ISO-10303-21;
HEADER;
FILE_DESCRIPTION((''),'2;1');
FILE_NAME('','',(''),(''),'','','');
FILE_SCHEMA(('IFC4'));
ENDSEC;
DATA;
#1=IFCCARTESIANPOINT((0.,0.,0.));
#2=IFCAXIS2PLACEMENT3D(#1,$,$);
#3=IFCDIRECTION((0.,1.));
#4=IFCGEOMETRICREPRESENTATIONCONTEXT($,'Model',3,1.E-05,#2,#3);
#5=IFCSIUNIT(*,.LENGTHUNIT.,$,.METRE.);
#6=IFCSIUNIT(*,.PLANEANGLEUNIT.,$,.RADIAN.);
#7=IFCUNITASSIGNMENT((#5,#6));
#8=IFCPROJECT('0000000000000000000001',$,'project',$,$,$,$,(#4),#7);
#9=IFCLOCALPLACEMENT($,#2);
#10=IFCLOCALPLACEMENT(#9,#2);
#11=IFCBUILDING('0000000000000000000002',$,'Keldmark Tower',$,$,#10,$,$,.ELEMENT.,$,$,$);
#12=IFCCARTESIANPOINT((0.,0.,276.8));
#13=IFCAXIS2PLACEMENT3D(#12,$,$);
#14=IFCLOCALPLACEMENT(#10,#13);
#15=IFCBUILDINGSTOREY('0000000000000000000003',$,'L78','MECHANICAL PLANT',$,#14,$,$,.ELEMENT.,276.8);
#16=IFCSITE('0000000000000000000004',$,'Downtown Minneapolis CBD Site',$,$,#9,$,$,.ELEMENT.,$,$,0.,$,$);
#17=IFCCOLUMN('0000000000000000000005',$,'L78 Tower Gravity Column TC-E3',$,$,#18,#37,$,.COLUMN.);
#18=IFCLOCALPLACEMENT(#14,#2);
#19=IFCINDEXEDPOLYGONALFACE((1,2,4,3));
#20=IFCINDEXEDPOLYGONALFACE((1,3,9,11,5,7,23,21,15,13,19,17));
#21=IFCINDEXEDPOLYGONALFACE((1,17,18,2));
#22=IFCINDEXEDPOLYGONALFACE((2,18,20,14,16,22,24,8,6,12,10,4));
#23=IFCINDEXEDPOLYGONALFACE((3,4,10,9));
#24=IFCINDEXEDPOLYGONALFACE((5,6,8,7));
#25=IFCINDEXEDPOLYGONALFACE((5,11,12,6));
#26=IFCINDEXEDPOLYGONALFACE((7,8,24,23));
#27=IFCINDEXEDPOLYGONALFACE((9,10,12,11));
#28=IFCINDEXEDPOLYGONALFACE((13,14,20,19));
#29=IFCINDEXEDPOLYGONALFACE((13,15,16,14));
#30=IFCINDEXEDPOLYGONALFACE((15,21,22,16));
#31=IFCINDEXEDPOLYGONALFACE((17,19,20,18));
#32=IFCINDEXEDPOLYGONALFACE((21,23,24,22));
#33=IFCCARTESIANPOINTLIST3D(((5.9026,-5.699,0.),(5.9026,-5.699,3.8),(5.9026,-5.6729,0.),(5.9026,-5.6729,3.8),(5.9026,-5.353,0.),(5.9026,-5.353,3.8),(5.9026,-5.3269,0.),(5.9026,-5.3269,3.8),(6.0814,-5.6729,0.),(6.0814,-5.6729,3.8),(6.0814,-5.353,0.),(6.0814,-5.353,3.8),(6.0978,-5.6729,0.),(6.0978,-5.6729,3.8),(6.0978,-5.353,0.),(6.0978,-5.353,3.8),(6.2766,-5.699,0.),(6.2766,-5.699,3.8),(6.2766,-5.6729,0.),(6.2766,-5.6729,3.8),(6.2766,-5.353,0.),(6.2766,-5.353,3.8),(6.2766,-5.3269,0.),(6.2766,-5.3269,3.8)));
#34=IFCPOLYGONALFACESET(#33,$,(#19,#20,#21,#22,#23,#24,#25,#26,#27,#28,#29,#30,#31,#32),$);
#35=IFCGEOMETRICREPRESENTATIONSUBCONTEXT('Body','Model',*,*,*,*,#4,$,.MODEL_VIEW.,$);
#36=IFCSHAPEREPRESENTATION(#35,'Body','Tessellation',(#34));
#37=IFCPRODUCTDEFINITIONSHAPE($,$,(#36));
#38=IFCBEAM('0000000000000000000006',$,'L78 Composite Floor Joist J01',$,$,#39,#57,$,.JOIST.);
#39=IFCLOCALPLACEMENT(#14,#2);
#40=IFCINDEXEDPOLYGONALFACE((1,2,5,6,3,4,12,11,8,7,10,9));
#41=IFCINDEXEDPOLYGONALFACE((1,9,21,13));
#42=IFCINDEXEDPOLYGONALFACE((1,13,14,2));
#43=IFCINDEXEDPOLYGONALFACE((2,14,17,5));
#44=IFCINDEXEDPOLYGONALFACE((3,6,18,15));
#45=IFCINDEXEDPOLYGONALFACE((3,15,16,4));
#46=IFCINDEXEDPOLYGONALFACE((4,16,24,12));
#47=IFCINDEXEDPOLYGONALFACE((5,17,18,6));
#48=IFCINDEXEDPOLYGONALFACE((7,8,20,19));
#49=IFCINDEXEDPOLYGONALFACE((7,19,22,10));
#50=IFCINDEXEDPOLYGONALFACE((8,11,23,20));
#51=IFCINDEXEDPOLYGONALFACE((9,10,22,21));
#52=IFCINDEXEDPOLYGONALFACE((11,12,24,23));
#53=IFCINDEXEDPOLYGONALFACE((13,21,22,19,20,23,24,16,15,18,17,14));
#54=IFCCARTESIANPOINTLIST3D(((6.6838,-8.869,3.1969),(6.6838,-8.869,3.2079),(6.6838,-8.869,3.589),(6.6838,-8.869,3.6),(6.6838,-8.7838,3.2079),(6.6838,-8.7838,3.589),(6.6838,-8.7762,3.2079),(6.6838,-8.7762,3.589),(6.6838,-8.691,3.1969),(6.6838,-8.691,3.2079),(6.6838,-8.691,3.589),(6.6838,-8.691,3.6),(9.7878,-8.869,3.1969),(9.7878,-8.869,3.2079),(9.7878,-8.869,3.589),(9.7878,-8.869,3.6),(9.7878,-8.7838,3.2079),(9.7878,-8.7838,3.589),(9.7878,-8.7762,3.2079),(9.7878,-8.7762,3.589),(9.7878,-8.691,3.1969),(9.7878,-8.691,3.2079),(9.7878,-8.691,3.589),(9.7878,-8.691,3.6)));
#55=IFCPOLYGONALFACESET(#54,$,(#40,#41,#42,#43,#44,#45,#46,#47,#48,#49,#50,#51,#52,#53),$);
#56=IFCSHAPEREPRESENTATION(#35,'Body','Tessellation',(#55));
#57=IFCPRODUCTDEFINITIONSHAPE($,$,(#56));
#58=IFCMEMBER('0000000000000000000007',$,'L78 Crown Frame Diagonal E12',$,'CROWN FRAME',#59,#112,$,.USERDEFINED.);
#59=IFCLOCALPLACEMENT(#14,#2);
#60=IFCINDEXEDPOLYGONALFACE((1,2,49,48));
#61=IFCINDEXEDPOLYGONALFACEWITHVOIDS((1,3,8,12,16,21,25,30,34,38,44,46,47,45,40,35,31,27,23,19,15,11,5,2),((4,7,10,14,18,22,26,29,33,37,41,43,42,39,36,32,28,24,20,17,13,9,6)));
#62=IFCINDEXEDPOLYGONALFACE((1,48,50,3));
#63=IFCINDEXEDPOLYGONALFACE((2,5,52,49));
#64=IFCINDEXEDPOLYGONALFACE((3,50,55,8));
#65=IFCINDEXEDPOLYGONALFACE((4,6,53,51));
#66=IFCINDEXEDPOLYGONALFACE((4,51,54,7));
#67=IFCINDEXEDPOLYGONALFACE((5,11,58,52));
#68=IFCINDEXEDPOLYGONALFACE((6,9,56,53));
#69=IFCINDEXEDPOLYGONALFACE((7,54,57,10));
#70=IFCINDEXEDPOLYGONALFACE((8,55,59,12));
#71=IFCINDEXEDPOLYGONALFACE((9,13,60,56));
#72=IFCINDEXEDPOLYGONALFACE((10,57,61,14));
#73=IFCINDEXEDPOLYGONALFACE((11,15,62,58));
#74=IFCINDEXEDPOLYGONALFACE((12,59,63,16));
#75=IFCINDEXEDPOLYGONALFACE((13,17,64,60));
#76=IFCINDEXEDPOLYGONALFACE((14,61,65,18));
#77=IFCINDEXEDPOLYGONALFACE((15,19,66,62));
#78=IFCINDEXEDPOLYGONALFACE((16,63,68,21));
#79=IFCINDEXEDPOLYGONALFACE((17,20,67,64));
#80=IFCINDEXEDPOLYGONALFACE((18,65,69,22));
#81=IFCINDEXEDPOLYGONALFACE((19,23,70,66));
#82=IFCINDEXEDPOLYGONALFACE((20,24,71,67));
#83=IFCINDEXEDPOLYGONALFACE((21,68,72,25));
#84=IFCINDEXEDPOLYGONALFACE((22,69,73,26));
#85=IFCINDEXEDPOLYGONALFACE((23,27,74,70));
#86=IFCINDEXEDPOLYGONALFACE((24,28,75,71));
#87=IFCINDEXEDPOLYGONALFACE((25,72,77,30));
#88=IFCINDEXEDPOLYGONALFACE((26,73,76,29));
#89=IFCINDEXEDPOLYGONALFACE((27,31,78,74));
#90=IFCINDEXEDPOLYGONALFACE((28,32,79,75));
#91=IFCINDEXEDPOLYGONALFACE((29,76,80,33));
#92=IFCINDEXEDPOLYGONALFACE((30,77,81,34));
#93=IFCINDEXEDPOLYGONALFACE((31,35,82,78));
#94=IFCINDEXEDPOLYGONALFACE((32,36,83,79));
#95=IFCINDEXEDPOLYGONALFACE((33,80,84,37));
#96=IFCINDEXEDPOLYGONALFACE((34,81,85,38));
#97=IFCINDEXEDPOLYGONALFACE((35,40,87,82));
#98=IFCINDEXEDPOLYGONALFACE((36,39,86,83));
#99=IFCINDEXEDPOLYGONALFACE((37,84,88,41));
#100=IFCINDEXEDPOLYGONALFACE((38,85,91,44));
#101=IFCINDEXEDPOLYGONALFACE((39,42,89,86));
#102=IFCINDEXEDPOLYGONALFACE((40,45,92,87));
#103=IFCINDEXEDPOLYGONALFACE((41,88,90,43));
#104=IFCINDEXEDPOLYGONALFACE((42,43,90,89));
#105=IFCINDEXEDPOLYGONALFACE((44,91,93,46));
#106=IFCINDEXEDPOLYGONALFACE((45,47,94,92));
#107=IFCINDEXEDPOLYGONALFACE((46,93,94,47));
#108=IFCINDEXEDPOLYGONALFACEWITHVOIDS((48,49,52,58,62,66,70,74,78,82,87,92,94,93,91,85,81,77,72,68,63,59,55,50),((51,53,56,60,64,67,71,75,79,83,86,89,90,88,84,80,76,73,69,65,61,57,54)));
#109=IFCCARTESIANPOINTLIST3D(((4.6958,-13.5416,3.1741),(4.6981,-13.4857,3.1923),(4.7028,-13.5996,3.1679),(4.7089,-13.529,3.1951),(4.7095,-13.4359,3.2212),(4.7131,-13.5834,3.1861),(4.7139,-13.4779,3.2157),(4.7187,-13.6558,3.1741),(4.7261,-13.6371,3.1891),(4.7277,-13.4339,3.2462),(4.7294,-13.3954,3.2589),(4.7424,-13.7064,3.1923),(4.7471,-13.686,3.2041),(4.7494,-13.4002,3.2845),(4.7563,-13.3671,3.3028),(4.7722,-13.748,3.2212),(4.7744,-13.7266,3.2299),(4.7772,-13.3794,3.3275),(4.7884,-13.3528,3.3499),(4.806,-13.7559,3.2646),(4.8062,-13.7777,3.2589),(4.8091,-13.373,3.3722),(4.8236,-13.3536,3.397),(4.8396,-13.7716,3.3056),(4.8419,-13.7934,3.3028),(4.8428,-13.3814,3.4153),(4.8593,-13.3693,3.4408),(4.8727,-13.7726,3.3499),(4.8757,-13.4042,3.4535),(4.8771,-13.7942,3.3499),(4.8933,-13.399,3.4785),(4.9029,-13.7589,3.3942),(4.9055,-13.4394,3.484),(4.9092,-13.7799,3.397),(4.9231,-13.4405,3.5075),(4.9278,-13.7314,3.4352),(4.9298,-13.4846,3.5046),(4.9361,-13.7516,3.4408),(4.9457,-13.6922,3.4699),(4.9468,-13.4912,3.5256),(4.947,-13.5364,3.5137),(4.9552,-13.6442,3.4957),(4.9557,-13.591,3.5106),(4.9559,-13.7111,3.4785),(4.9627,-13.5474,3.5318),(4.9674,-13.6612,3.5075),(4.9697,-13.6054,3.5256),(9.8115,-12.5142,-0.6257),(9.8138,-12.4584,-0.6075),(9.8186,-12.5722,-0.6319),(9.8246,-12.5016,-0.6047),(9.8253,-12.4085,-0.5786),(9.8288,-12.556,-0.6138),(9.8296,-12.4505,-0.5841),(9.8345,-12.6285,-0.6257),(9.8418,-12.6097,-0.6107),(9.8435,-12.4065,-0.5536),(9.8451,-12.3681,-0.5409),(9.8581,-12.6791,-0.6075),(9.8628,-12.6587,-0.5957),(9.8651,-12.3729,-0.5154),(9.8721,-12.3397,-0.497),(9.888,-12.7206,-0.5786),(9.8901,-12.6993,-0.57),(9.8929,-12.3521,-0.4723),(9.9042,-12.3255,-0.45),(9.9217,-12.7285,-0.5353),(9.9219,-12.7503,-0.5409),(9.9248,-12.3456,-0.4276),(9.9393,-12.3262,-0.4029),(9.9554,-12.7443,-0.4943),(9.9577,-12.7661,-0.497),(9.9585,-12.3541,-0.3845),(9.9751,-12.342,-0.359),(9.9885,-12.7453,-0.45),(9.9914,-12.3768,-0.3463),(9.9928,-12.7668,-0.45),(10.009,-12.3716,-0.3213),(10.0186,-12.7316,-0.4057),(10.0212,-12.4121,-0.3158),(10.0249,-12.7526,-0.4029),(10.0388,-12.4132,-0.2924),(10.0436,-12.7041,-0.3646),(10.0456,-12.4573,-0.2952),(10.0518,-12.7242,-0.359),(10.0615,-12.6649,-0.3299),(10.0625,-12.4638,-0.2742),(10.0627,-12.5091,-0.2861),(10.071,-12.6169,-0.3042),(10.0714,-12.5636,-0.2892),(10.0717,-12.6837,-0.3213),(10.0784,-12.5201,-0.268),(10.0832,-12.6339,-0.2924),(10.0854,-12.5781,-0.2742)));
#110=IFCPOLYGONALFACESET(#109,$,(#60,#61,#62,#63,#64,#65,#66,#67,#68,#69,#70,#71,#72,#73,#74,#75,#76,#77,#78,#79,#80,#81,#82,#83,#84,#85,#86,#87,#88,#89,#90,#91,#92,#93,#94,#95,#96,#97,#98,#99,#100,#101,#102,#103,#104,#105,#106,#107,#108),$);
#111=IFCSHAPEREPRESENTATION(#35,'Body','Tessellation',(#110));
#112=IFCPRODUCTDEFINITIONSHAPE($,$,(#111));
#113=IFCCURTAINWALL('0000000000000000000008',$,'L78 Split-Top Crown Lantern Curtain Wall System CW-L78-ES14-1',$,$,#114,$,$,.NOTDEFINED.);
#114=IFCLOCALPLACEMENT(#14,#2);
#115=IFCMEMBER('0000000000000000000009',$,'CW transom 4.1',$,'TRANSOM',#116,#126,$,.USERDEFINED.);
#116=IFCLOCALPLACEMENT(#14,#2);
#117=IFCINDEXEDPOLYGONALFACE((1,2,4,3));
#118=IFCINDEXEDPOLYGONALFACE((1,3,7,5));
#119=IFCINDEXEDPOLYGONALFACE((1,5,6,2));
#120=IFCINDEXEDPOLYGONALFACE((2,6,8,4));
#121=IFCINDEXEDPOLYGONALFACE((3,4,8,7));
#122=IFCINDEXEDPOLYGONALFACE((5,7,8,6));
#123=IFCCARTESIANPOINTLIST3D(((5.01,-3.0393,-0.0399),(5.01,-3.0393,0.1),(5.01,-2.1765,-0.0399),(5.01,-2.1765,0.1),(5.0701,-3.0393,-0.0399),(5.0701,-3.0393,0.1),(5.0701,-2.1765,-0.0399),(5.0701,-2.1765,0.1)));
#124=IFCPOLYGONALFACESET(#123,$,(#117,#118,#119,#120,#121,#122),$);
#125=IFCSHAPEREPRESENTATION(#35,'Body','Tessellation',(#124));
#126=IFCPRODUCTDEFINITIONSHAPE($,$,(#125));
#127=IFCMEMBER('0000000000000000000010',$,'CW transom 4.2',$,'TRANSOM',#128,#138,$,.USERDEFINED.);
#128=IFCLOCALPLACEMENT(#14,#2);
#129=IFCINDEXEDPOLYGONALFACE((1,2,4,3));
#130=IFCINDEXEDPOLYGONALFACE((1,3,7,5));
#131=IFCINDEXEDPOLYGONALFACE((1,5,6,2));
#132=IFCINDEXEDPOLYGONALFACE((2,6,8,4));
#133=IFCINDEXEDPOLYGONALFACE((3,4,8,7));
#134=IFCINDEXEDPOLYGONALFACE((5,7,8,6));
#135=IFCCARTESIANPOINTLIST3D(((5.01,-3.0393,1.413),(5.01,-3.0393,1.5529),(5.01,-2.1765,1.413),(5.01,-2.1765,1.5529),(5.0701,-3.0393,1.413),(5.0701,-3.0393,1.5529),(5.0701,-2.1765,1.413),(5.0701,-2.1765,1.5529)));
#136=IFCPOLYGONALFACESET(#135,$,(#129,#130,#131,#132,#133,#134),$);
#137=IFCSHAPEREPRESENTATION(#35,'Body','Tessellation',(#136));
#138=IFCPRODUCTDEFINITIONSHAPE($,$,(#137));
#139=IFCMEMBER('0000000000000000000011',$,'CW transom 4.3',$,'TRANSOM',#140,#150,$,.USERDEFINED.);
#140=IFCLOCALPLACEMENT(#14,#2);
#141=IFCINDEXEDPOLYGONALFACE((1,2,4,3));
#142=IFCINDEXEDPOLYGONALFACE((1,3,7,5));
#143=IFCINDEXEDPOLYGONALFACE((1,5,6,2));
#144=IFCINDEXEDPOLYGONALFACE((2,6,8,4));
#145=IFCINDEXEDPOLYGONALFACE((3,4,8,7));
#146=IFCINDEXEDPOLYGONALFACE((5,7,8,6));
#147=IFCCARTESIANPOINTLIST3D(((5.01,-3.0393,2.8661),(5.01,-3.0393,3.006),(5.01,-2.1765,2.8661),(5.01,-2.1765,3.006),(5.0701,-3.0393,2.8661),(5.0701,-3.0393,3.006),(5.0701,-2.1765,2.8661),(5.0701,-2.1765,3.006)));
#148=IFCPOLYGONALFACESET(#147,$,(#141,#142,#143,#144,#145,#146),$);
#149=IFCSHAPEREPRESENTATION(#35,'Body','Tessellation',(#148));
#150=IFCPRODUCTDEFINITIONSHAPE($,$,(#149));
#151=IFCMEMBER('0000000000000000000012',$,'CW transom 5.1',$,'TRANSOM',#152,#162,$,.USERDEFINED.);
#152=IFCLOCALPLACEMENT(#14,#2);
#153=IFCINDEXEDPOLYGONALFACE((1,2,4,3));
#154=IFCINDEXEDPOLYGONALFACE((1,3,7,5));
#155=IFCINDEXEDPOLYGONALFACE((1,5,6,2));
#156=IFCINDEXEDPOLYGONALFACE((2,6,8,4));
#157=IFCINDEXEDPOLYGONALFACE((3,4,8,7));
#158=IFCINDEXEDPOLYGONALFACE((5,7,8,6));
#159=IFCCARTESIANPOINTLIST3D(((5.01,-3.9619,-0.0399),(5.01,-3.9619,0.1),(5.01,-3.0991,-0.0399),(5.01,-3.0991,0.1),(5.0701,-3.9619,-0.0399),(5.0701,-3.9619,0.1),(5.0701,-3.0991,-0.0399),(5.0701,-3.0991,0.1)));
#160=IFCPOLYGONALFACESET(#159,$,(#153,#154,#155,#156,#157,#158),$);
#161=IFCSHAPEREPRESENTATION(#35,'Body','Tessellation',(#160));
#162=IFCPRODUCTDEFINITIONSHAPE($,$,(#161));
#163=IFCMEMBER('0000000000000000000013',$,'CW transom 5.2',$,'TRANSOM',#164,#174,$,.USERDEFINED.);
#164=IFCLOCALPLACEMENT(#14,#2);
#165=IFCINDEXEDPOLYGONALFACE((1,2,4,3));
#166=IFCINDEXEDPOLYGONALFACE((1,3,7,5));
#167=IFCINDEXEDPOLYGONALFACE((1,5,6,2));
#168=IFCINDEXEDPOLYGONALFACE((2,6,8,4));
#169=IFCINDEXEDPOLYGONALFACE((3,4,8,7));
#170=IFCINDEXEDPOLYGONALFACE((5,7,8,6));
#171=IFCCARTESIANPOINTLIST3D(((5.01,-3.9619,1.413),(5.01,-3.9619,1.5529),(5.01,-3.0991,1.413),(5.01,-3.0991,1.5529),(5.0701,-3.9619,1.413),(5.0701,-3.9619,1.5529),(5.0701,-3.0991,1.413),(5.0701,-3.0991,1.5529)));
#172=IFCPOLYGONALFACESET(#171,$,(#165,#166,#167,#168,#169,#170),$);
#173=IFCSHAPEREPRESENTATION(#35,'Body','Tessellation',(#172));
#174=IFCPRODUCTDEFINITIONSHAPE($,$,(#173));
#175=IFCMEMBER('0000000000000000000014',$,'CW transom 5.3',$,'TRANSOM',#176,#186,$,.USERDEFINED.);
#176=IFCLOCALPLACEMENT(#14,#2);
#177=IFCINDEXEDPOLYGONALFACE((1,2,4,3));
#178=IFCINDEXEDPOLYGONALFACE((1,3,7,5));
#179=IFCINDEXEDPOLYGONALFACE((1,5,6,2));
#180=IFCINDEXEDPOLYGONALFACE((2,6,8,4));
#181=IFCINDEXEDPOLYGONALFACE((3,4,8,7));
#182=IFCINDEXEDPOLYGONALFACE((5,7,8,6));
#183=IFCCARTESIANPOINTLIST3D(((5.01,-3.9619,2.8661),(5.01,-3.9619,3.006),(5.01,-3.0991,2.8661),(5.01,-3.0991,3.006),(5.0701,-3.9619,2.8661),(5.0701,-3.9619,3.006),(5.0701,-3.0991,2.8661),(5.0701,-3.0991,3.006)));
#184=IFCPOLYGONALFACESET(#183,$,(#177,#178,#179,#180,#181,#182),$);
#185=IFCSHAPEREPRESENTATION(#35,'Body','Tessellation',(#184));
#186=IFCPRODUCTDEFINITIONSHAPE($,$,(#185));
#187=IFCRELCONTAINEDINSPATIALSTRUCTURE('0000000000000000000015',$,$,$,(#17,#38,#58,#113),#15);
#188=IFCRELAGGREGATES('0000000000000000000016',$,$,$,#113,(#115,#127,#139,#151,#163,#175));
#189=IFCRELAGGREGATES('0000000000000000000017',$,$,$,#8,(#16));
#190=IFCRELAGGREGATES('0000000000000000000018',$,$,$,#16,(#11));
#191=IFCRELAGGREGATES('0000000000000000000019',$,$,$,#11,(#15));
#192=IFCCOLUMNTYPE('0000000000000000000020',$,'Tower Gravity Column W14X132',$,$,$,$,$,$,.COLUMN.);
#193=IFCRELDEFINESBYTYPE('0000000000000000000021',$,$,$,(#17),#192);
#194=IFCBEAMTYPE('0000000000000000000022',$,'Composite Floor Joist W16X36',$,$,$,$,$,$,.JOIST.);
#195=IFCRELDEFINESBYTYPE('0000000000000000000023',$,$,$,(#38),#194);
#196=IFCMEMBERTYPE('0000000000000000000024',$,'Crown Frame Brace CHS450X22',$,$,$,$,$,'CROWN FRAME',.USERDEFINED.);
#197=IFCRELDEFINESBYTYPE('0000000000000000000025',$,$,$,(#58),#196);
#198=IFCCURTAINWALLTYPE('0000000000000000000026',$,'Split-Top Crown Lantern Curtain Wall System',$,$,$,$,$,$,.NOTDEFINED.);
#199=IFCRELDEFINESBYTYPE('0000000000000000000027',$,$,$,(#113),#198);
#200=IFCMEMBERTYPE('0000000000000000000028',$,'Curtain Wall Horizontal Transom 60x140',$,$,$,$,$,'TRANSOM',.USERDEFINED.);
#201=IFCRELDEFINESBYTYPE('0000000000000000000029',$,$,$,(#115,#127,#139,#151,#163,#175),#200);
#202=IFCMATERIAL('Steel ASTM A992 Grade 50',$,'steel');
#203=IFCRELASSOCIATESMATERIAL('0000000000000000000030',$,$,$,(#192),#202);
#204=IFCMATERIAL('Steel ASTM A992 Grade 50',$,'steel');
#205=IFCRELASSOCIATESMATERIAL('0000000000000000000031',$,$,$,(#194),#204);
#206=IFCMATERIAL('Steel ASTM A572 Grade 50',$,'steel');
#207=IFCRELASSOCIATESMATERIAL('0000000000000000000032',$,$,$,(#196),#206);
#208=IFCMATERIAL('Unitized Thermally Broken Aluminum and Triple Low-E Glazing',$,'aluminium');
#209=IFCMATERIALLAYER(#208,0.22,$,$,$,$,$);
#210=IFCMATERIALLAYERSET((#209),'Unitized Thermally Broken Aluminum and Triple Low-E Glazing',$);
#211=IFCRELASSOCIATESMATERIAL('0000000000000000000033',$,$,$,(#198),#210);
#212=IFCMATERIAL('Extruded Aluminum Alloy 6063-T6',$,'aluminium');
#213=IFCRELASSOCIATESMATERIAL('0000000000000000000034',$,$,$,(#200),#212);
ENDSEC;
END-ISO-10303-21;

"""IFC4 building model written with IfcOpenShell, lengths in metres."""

from ifc_helpers import new_model, si_unit, direction, frame, origin, origin_2d, place, context, subcontext, project, spatial, rectangle, hollow_circle, i_section, extrude, material, layer, layer_set, material_profile, profile_set, type_object, element, aggregate, save


model = new_model("IFC4")

# Units and contexts
model_context = context("Model", 3, precision=1e-05, world=origin(), true_north=direction((0.0, 1.0)))
body_context = subcontext(model_context, "Body", "Model", "MODEL_VIEW")
ifc_project = project(units=[si_unit("LENGTHUNIT", "METRE"), si_unit("PLANEANGLEUNIT", "RADIAN")], contexts=[model_context])

# Site, building, storey
site_placement = place(None, origin())
site = spatial("IfcSite", under=ifc_project, at=site_placement, Name="Downtown Minneapolis CBD Site", CompositionType="ELEMENT", RefElevation=0.0)
building_placement = place(site_placement, origin())
building = spatial("IfcBuilding", under=site, at=building_placement, Name="Keldmark Tower", CompositionType="ELEMENT")
storey_placement = place(building_placement, frame((0.0, 0.0, 276.8)))
storey = spatial("IfcBuildingStorey", under=building, at=storey_placement, Name="L78", Description="MECHANICAL PLANT", CompositionType="ELEMENT", Elevation=276.8)

# Column
ifc_material_1 = material(Name="Steel ASTM A992 Grade 50", Category="steel")
ifc_material_profile_1 = material_profile(ifc_material_1, i_section(OverallWidth=0.374, OverallDepth=0.3721, WebThickness=0.0164, FlangeThickness=0.0261, at=origin_2d()), Name="W14X132")
ifc_profile_set_1 = profile_set([ifc_material_profile_1], Name="Steel ASTM A992 Grade 50")
column_type = type_object("IfcColumnType", Name="Tower Gravity Column W14X132", PredefinedType="COLUMN", material=ifc_profile_set_1)
column_placement = place(storey_placement, frame((6.0896, -5.5129, 0.0), z_axis=(0.0, 0.0, 1.0), x_axis=(1.0, 0.0, 0.0)))
element("IfcColumn", 1, at=column_placement, inside=storey, type_object=column_type, Name="L78 Tower Gravity Column TC-E3", PredefinedType="COLUMN", context=body_context, shape_type="SweptSolid", body=[
    extrude(i_section(OverallWidth=0.374, OverallDepth=0.3721, WebThickness=0.0164, FlangeThickness=0.0261, at=origin_2d()), origin(), (0.0, 0.0, 1.0), 3.8),
])

# Beam
ifc_material_2 = material(Name="Steel ASTM A992 Grade 50", Category="steel")
ifc_material_profile_2 = material_profile(ifc_material_2, i_section(OverallWidth=0.178, OverallDepth=0.4031, WebThickness=0.0076, FlangeThickness=0.011, at=origin_2d()), Name="W16X36")
ifc_profile_set_2 = profile_set([ifc_material_profile_2], Name="Steel ASTM A992 Grade 50")
beam_type_1 = type_object("IfcBeamType", Name="Composite Floor Joist W16X36", PredefinedType="JOIST", material=ifc_profile_set_2)
beam_1_placement = place(storey_placement, frame((6.6838, -8.78, 3.3984), z_axis=(1.0, 0.0, 0.0), x_axis=(0.0, 1.0, 0.0)))
element("IfcBeam", 2, at=beam_1_placement, inside=storey, type_object=beam_type_1, Name="L78 Composite Floor Joist J01", PredefinedType="JOIST", context=body_context, shape_type="SweptSolid", body=[
    extrude(i_section(OverallWidth=0.178, OverallDepth=0.4031, WebThickness=0.0076, FlangeThickness=0.011, at=origin_2d()), origin(), (0.0, 0.0, 1.0), 3.104),
])

# Member
ifc_material_3 = material(Name="Steel ASTM A572 Grade 50", Category="steel")
ifc_material_profile_3 = material_profile(ifc_material_3, hollow_circle(Radius=0.2251, WallThickness=0.022, at=origin_2d()), Name="CHS450X22")
ifc_profile_set_3 = profile_set([ifc_material_profile_3], Name="Steel ASTM A572 Grade 50")
member_type_1 = type_object("IfcMemberType", Name="Crown Frame Brace CHS450X22", ElementType="CROWN FRAME", PredefinedType="USERDEFINED", material=ifc_profile_set_3)
member_1_placement = place(storey_placement, frame((9.9485, -12.5461, -0.45), z_axis=(-0.792544, -0.159159, 0.588678), x_axis=(0.19689, -0.980426, 0.0)))
element("IfcMember", 3, at=member_1_placement, inside=storey, type_object=member_type_1, Name="L78 Crown Frame Diagonal E12", ObjectType="CROWN FRAME", PredefinedType="USERDEFINED", context=body_context, shape_type="SweptSolid", body=[
    extrude(hollow_circle(Radius=0.2251, WallThickness=0.022, at=origin_2d()), origin(), (0.0, 0.0, 1.0), 6.4548),
])

# Curtain wall, members
ifc_material_4 = material(Name="Unitized Thermally Broken Aluminum and Triple Low-E Glazing", Category="aluminium")
ifc_layer_1 = layer(ifc_material_4, 0.22)
ifc_layer_set_1 = layer_set([ifc_layer_1], Name="Unitized Thermally Broken Aluminum and Triple Low-E Glazing")
curtain_wall_type = type_object("IfcCurtainWallType", Name="Split-Top Crown Lantern Curtain Wall System", PredefinedType="NOTDEFINED", material=ifc_layer_set_1)
curtain_wall_placement = place(storey_placement, origin())
curtain_wall = element("IfcCurtainWall", 4, at=curtain_wall_placement, inside=storey, type_object=curtain_wall_type, Name="L78 Split-Top Crown Lantern Curtain Wall System CW-L78-ES14-1", PredefinedType="NOTDEFINED")
ifc_material_5 = material(Name="Extruded Aluminum Alloy 6063-T6", Category="aluminium")
ifc_material_profile_4 = material_profile(ifc_material_5, rectangle(XDim=0.0601, YDim=0.1399, at=origin_2d()), Name="CWT60X140")
ifc_profile_set_4 = profile_set([ifc_material_profile_4], Name="Extruded Aluminum Alloy 6063-T6")
member_type_2 = type_object("IfcMemberType", Name="Curtain Wall Horizontal Transom 60x140", ElementType="TRANSOM", PredefinedType="USERDEFINED", material=ifc_profile_set_4)
member_2_placement = place(storey_placement, frame((5.04, -2.1765, 0.03), z_axis=(0.0, -1.0, 0.0), x_axis=(1.0, 0.0, 0.0)))
member_2 = element("IfcMember", 5, at=member_2_placement, type_object=member_type_2, Name="CW transom 4.1", ObjectType="TRANSOM", PredefinedType="USERDEFINED", context=body_context, shape_type="SweptSolid", body=[
    extrude(rectangle(XDim=0.0601, YDim=0.1399, at=origin_2d()), origin(), (0.0, 0.0, 1.0), 0.8628),
])
member_3_placement = place(storey_placement, frame((5.04, -2.1765, 1.4829), z_axis=(0.0, -1.0, 0.0), x_axis=(1.0, 0.0, 0.0)))
member_3 = element("IfcMember", 6, at=member_3_placement, type_object=member_type_2, Name="CW transom 4.2", ObjectType="TRANSOM", PredefinedType="USERDEFINED", context=body_context, shape_type="SweptSolid", body=[
    extrude(rectangle(XDim=0.0601, YDim=0.1399, at=origin_2d()), origin(), (0.0, 0.0, 1.0), 0.8628),
])
member_4_placement = place(storey_placement, frame((5.04, -2.1765, 2.936), z_axis=(0.0, -1.0, 0.0), x_axis=(1.0, 0.0, 0.0)))
member_4 = element("IfcMember", 7, at=member_4_placement, type_object=member_type_2, Name="CW transom 4.3", ObjectType="TRANSOM", PredefinedType="USERDEFINED", context=body_context, shape_type="SweptSolid", body=[
    extrude(rectangle(XDim=0.0601, YDim=0.1399, at=origin_2d()), origin(), (0.0, 0.0, 1.0), 0.8628),
])
member_5_placement = place(storey_placement, frame((5.04, -3.0991, 0.03), z_axis=(0.0, -1.0, 0.0), x_axis=(1.0, 0.0, 0.0)))
member_5 = element("IfcMember", 8, at=member_5_placement, type_object=member_type_2, Name="CW transom 5.1", ObjectType="TRANSOM", PredefinedType="USERDEFINED", context=body_context, shape_type="SweptSolid", body=[
    extrude(rectangle(XDim=0.0601, YDim=0.1399, at=origin_2d()), origin(), (0.0, 0.0, 1.0), 0.8628),
])
member_6_placement = place(storey_placement, frame((5.04, -3.0991, 1.4829), z_axis=(0.0, -1.0, 0.0), x_axis=(1.0, 0.0, 0.0)))
member_6 = element("IfcMember", 9, at=member_6_placement, type_object=member_type_2, Name="CW transom 5.2", ObjectType="TRANSOM", PredefinedType="USERDEFINED", context=body_context, shape_type="SweptSolid", body=[
    extrude(rectangle(XDim=0.0601, YDim=0.1399, at=origin_2d()), origin(), (0.0, 0.0, 1.0), 0.8628),
])
member_7_placement = place(storey_placement, frame((5.04, -3.0991, 2.936), z_axis=(0.0, -1.0, 0.0), x_axis=(1.0, 0.0, 0.0)))
member_7 = element("IfcMember", 10, at=member_7_placement, type_object=member_type_2, Name="CW transom 5.3", ObjectType="TRANSOM", PredefinedType="USERDEFINED", context=body_context, shape_type="SweptSolid", body=[
    extrude(rectangle(XDim=0.0601, YDim=0.1399, at=origin_2d()), origin(), (0.0, 0.0, 1.0), 0.8628),
])

aggregate(curtain_wall, [member_2, member_3, member_4, member_5, member_6, member_7])

save(model, "model.ifc")
